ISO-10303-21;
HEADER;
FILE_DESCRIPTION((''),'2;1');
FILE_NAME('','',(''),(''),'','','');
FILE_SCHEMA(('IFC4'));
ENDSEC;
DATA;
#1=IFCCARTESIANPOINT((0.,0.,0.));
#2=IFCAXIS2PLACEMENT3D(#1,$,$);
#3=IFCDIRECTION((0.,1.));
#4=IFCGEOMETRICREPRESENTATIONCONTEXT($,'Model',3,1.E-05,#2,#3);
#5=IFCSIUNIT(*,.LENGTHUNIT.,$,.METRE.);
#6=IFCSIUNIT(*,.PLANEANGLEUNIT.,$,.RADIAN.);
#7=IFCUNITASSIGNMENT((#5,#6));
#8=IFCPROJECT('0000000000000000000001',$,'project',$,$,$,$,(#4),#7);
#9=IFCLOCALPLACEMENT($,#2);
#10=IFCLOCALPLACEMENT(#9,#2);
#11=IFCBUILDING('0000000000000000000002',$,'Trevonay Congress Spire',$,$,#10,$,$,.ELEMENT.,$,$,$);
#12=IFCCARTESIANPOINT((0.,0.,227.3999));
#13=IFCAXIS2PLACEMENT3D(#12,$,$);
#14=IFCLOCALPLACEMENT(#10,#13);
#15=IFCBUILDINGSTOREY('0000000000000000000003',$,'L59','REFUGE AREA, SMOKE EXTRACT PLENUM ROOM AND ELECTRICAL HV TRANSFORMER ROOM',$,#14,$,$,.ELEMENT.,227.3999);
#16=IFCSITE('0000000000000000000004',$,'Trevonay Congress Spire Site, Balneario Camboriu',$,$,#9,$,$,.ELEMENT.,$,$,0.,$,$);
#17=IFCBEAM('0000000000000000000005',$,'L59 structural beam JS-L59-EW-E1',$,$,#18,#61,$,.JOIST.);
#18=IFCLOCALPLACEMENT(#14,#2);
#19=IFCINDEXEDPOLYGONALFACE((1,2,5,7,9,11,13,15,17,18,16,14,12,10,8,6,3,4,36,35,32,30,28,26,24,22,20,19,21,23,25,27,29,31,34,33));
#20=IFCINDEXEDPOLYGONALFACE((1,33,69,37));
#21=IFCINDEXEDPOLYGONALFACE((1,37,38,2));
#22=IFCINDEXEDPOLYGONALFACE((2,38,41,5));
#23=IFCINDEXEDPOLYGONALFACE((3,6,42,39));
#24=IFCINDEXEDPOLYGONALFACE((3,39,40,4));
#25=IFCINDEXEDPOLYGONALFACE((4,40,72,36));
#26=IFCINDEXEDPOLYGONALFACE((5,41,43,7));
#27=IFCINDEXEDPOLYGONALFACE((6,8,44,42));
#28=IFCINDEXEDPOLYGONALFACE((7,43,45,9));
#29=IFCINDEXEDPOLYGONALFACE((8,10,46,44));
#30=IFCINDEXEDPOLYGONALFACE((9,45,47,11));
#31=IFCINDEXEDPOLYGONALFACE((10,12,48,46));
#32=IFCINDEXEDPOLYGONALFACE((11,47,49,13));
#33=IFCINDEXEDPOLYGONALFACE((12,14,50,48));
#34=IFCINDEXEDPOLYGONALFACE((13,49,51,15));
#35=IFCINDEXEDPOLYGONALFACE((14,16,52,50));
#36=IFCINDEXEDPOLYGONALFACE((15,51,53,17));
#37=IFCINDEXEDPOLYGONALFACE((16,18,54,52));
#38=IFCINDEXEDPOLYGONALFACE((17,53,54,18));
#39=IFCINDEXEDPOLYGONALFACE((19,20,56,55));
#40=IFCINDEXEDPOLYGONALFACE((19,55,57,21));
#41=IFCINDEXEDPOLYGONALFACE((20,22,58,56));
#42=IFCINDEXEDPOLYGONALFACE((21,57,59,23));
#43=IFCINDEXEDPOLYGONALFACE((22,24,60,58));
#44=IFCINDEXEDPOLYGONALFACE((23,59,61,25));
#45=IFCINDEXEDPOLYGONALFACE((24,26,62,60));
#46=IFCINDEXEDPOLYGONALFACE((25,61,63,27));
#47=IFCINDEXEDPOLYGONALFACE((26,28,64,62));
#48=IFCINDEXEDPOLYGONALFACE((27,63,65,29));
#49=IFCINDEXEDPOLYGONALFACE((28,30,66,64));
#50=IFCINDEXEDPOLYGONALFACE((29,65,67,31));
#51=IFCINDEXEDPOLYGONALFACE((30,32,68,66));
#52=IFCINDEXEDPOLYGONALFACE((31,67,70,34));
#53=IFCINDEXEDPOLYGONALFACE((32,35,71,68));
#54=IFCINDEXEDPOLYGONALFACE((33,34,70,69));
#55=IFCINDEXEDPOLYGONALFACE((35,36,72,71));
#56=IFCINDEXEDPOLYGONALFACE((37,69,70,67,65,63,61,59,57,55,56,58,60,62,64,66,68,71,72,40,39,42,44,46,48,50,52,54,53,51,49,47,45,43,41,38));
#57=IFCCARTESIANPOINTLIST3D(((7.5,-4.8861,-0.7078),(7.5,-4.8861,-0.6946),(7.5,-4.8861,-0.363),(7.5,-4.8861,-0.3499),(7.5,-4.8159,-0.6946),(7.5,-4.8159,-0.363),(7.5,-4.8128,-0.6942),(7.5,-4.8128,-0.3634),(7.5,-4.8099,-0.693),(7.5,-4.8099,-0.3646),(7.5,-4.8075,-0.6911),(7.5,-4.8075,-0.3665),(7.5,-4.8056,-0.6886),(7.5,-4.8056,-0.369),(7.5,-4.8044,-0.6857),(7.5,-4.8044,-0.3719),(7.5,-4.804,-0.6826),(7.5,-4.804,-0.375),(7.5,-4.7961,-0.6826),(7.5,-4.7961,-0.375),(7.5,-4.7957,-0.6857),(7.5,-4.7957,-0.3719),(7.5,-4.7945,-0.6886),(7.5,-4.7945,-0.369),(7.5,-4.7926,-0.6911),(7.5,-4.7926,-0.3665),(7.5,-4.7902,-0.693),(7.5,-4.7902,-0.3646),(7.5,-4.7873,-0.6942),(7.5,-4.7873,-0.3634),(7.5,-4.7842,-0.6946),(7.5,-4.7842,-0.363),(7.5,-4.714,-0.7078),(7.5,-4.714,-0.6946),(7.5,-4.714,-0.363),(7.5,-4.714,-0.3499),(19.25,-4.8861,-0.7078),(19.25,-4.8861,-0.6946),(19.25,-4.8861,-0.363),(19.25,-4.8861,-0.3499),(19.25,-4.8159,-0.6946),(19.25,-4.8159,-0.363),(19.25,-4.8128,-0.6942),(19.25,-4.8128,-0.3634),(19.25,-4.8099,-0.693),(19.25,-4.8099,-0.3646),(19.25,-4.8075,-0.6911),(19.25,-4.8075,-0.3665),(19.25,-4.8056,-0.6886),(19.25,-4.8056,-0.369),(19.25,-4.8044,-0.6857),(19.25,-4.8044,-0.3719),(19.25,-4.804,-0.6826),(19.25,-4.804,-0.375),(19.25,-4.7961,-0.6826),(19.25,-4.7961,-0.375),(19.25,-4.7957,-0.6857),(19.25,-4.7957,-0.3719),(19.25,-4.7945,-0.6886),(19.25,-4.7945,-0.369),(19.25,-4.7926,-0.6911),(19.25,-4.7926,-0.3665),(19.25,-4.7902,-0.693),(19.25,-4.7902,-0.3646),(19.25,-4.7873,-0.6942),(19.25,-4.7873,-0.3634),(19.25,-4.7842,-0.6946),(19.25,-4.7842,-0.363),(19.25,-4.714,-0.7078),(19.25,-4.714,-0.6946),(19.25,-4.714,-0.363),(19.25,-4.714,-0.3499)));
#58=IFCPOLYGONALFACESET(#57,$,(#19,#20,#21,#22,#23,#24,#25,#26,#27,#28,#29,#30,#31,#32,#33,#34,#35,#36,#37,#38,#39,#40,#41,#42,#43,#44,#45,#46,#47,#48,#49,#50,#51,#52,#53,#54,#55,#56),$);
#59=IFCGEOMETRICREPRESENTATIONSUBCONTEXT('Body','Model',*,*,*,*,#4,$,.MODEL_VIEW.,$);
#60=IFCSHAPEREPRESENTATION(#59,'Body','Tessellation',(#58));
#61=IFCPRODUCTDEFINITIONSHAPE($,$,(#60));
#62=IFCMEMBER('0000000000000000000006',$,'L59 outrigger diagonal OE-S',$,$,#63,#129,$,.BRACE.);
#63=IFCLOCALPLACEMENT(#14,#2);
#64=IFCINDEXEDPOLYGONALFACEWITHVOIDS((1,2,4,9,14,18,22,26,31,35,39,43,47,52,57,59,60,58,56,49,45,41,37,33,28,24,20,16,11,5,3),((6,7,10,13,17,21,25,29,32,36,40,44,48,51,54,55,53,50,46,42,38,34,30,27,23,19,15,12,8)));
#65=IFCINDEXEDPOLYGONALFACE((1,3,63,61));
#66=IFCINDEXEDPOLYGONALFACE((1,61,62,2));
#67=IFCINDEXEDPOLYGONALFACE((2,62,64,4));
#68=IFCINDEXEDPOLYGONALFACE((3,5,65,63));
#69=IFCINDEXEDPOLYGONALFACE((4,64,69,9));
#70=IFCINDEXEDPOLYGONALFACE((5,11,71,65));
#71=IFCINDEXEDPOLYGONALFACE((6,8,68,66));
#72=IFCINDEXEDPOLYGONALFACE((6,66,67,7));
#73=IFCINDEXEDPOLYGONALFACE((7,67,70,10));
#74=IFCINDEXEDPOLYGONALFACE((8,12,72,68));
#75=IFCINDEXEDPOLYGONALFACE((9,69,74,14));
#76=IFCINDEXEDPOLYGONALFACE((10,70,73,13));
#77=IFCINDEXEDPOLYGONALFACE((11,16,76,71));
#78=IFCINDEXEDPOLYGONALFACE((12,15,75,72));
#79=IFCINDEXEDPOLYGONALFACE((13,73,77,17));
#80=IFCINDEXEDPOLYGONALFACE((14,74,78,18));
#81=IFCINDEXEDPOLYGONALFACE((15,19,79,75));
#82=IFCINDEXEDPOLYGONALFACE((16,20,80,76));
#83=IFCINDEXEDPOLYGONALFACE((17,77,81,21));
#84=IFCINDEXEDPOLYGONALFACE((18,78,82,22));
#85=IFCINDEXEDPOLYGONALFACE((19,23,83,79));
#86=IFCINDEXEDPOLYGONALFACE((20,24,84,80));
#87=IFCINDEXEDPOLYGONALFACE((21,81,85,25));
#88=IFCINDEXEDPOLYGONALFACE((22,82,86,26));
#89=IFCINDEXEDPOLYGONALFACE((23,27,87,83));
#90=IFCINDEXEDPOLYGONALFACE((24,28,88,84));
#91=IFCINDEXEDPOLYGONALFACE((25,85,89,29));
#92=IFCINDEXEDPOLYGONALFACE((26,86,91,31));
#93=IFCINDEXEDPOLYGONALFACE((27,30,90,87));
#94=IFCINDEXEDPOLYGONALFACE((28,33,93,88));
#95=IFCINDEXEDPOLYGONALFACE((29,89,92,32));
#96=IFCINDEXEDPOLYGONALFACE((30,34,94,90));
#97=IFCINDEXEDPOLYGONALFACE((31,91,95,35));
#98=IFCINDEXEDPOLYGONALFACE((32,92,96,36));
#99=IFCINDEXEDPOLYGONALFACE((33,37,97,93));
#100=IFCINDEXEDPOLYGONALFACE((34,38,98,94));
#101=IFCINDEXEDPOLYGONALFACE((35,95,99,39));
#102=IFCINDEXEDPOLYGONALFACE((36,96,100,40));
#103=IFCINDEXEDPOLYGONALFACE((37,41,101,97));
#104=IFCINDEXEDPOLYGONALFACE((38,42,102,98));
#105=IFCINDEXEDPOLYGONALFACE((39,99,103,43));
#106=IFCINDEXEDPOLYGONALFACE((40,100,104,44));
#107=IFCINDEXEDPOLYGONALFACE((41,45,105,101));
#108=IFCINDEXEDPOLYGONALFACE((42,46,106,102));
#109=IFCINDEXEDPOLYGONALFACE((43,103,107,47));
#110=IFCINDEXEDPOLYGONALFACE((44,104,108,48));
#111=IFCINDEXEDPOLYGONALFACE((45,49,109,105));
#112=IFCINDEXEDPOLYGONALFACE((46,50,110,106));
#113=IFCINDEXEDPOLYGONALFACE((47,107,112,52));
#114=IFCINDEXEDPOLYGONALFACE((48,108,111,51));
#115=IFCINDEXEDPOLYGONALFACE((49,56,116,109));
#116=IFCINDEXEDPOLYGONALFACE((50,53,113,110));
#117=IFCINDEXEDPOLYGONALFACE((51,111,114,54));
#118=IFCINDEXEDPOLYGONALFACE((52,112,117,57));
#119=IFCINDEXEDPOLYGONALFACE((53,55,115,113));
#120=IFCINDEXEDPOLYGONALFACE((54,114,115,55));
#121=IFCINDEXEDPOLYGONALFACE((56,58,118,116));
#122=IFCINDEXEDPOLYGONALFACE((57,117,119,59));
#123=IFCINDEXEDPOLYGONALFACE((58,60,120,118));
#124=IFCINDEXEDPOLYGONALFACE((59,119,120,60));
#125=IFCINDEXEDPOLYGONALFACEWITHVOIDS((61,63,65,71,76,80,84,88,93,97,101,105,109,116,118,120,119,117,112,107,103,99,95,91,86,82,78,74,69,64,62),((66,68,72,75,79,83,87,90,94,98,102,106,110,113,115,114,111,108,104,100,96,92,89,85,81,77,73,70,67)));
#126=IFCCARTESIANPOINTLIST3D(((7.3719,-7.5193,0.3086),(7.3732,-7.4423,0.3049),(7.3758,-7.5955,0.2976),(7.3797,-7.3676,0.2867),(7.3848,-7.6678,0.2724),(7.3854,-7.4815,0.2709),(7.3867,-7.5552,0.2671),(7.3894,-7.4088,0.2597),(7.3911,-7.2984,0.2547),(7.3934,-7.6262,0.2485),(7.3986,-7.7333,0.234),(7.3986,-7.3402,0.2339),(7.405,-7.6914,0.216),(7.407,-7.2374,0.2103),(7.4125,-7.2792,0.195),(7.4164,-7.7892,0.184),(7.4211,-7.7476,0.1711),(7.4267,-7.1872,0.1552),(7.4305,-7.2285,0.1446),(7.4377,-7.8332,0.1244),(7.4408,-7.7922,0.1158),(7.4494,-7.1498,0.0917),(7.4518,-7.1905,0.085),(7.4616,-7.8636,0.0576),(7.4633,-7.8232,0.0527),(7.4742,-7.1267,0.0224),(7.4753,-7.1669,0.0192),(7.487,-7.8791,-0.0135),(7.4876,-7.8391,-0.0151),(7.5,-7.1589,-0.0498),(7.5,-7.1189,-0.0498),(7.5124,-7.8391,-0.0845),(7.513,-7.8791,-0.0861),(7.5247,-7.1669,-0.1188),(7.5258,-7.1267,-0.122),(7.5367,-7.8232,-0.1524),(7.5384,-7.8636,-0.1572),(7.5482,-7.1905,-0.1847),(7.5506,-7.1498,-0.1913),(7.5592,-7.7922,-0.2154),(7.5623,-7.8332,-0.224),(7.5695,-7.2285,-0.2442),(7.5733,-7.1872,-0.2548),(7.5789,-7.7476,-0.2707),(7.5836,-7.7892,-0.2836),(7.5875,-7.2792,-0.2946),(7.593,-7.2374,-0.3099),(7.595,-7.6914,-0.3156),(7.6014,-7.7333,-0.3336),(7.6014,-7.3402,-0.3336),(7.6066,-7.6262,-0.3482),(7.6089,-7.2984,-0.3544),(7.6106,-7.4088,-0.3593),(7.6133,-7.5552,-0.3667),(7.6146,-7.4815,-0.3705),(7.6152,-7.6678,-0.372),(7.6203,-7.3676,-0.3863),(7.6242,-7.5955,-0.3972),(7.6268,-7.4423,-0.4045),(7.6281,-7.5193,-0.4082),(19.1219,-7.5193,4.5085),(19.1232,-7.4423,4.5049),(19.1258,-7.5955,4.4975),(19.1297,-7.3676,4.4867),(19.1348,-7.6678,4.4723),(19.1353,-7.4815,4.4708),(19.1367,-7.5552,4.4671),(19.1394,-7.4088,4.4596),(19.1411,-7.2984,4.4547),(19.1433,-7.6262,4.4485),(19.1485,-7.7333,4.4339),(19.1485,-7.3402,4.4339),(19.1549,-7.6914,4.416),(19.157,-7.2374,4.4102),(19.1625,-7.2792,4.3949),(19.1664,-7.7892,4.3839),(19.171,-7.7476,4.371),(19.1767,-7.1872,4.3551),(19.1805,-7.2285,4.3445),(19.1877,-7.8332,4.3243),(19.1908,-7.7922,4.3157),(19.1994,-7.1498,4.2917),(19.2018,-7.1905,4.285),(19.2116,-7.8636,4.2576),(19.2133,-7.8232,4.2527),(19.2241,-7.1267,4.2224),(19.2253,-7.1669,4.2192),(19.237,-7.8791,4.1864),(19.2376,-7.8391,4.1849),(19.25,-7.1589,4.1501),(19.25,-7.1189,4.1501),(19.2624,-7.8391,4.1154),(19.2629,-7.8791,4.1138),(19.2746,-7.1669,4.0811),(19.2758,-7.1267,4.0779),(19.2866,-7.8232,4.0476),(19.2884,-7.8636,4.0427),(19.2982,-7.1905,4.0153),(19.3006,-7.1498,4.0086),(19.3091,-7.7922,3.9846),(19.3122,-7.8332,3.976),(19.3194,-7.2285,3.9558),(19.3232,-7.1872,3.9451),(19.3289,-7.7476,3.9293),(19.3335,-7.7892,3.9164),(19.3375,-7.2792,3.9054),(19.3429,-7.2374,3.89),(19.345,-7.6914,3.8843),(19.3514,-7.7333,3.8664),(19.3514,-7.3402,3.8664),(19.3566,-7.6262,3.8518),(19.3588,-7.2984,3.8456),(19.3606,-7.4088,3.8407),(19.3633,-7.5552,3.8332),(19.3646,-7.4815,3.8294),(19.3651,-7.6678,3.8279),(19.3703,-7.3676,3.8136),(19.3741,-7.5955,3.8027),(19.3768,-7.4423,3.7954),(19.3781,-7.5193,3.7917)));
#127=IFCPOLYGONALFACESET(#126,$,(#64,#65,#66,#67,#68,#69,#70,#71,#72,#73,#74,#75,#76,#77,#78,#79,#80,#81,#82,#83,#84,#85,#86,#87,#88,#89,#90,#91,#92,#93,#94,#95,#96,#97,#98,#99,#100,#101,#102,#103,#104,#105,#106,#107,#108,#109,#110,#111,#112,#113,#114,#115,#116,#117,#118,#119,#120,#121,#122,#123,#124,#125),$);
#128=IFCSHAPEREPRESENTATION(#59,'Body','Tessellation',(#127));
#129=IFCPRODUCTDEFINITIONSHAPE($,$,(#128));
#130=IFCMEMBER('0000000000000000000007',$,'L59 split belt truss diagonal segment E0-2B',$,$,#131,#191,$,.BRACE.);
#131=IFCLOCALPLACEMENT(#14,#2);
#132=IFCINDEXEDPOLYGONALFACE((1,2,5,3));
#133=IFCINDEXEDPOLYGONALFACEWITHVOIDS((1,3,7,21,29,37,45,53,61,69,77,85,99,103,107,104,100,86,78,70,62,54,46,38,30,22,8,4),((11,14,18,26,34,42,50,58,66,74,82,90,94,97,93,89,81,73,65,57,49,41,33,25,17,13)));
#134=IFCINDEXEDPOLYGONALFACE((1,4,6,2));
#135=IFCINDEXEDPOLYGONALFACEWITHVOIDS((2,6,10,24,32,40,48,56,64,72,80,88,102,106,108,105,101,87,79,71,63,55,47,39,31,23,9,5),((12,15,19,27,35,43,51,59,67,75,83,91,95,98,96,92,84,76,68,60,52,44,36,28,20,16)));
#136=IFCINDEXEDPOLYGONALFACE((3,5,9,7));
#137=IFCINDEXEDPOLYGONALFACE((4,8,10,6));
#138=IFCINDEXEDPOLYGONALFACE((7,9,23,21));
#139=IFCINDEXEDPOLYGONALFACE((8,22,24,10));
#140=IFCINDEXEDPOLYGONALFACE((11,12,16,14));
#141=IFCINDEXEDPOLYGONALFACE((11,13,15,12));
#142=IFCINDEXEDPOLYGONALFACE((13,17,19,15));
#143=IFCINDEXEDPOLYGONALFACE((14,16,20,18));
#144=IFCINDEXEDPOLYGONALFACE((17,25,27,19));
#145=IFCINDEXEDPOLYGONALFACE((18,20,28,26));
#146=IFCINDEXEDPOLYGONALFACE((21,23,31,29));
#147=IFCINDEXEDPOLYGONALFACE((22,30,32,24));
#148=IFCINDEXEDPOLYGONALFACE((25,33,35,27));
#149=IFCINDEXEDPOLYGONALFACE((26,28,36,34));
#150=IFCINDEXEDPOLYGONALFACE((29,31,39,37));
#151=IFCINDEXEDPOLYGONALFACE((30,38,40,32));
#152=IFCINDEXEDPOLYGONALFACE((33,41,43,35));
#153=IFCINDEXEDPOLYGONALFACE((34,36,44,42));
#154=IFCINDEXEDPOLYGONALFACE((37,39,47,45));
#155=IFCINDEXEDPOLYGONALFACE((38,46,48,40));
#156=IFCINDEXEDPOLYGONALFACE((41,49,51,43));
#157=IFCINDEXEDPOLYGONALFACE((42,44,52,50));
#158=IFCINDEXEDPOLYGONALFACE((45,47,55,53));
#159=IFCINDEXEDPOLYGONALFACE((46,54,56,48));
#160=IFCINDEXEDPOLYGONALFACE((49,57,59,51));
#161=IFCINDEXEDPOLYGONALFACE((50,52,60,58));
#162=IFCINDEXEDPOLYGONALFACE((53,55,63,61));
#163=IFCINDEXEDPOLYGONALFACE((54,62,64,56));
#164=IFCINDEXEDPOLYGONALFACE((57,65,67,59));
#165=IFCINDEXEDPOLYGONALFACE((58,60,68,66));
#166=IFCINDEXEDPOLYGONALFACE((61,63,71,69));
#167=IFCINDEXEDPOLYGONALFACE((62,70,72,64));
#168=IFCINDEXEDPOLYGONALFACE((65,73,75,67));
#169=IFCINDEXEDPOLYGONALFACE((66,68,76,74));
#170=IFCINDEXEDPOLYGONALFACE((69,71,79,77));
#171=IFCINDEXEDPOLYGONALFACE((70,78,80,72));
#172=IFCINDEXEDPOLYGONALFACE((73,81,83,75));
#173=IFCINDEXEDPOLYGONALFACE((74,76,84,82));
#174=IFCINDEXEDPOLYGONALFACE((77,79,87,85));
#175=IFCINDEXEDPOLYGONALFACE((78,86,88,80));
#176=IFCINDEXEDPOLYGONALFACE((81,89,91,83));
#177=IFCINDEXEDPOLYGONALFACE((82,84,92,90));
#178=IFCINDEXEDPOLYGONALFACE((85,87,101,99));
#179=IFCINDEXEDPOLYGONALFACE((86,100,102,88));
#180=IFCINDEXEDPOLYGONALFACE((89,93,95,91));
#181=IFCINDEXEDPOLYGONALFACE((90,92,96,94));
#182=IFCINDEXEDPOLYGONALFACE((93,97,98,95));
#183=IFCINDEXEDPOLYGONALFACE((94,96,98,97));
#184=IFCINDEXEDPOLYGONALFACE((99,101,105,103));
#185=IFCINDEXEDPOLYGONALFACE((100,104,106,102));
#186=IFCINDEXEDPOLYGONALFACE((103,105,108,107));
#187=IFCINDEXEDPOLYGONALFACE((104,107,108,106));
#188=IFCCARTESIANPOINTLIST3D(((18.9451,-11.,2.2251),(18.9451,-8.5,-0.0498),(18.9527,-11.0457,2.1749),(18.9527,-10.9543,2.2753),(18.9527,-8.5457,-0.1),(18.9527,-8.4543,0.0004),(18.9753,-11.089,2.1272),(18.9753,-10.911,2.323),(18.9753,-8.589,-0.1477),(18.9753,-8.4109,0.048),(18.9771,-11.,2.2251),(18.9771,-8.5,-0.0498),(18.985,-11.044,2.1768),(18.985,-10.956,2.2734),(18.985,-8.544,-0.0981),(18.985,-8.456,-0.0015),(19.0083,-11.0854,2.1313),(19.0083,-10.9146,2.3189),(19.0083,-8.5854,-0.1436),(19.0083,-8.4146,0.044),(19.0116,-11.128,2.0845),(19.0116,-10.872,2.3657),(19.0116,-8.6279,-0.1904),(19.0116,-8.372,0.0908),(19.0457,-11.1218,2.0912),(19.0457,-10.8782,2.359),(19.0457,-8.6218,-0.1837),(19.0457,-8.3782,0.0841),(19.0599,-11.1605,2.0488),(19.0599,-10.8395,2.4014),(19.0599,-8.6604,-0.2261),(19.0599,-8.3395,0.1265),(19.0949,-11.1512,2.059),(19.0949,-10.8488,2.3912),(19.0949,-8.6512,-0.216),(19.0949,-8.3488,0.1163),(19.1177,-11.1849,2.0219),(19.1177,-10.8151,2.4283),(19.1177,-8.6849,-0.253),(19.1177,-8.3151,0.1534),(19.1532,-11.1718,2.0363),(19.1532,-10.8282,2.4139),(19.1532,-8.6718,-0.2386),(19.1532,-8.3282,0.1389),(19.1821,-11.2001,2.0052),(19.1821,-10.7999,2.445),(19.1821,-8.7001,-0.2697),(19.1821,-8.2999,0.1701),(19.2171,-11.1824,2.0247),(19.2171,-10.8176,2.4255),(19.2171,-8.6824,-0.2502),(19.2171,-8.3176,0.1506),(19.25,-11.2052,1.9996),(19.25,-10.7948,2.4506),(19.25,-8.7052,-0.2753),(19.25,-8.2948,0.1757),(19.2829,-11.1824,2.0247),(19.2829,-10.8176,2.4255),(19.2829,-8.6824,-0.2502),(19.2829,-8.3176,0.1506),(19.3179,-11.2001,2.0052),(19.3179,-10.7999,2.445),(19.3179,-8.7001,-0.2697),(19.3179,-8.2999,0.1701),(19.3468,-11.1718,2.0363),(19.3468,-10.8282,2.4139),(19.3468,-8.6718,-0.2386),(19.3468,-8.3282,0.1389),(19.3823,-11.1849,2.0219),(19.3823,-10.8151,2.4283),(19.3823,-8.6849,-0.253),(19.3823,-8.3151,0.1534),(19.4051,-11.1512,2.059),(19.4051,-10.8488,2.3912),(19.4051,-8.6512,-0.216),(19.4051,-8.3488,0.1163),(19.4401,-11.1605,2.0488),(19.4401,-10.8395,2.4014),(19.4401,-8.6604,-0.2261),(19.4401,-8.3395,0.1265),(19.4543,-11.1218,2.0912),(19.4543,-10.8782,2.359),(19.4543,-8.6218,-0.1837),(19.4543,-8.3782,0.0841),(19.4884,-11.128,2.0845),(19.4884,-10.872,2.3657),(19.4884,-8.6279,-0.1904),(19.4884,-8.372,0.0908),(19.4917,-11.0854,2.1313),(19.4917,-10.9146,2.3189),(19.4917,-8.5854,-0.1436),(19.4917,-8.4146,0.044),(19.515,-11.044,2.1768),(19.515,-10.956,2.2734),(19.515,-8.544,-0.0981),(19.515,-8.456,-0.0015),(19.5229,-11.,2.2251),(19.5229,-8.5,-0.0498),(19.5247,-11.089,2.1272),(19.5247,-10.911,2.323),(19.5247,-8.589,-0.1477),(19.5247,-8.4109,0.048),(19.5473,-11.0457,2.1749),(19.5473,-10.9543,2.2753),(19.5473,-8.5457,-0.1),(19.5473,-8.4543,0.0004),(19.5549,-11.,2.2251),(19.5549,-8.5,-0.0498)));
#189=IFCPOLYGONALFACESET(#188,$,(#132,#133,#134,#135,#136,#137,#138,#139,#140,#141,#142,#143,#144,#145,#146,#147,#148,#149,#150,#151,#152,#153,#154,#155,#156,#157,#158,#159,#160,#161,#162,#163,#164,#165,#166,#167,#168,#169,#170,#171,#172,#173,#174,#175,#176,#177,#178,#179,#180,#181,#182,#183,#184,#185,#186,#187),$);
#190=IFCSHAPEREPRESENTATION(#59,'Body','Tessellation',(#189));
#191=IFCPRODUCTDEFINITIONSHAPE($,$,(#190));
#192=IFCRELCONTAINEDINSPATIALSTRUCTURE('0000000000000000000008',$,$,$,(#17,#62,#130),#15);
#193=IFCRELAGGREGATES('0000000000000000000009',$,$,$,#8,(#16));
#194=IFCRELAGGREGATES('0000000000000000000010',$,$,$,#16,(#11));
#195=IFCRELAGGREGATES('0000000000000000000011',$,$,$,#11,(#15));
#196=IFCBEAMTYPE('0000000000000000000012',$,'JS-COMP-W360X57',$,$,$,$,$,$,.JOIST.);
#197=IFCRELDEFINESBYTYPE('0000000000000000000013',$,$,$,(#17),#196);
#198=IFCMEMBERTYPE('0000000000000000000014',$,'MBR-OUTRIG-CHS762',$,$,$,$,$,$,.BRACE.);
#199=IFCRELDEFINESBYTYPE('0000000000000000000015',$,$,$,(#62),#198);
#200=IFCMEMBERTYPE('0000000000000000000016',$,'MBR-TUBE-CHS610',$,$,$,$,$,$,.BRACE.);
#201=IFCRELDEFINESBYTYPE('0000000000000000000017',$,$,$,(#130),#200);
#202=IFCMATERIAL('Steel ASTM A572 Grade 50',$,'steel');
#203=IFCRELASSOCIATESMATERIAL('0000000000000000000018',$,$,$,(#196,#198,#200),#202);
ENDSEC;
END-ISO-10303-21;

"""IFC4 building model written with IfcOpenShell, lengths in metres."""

from ifc_helpers import new_model, si_unit, direction, frame, origin, origin_2d, place, context, subcontext, project, spatial, hollow_circle, i_section, extrude, material, material_profile, profile_set, type_object, element, save


model = new_model("IFC4")

# Units and contexts
model_context = context("Model", 3, precision=1e-05, world=origin(), true_north=direction((0.0, 1.0)))
body_context = subcontext(model_context, "Body", "Model", "MODEL_VIEW")
ifc_project = project(units=[si_unit("LENGTHUNIT", "METRE"), si_unit("PLANEANGLEUNIT", "RADIAN")], contexts=[model_context])

# Site, building, storey
site_placement = place(None, origin())
site = spatial("IfcSite", under=ifc_project, at=site_placement, Name="Trevonay Congress Spire Site, Balneario Camboriu", CompositionType="ELEMENT", RefElevation=0.0)
building_placement = place(site_placement, origin())
building = spatial("IfcBuilding", under=site, at=building_placement, Name="Trevonay Congress Spire", CompositionType="ELEMENT")
storey_placement = place(building_placement, frame((0.0, 0.0, 227.3999)))
storey = spatial("IfcBuildingStorey", under=building, at=storey_placement, Name="L59", Description="REFUGE AREA, SMOKE EXTRACT PLENUM ROOM AND ELECTRICAL HV TRANSFORMER ROOM", CompositionType="ELEMENT", Elevation=227.3999)

# Shared definitions
ifc_material_1 = material(Name="Steel ASTM A572 Grade 50", Category="steel")

# Beam
ifc_material_profile_1 = material_profile(ifc_material_1, i_section(OverallWidth=0.1721, OverallDepth=0.3579, WebThickness=0.0078, FlangeThickness=0.0132, FilletRadius=0.012, at=origin_2d()), Name="W360x57.8")
ifc_profile_set_1 = profile_set([ifc_material_profile_1], Name="Steel ASTM A572 Grade 50")
beam_type_1 = type_object("IfcBeamType", Name="JS-COMP-W360X57", PredefinedType="JOIST", material=ifc_profile_set_1)
beam_1_placement = place(storey_placement, frame((7.5, -4.8, -0.5288), z_axis=(1.0, 0.0, 0.0), x_axis=(0.0, 1.0, 0.0)))
element("IfcBeam", 1, at=beam_1_placement, inside=storey, type_object=beam_type_1, Name="L59 structural beam JS-L59-EW-E1", PredefinedType="JOIST", context=body_context, shape_type="SweptSolid", body=[
    extrude(i_section(OverallWidth=0.1721, OverallDepth=0.3579, WebThickness=0.0078, FlangeThickness=0.0132, FilletRadius=0.012, at=origin_2d()), origin(), (0.0, 0.0, 1.0), 11.75),
])

# Members
ifc_material_profile_2 = material_profile(ifc_material_1, hollow_circle(Radius=0.3811, WallThickness=0.04, at=origin_2d()), Name="CHS 762x40")
ifc_profile_set_2 = profile_set([ifc_material_profile_2], Name="Steel ASTM A572 Grade 50")
member_type_1 = type_object("IfcMemberType", Name="MBR-OUTRIG-CHS762", PredefinedType="BRACE", material=ifc_profile_set_2)
member_1_placement = place(storey_placement, frame((7.5, -7.5, -0.0498), z_axis=(0.941652, 0.0, 0.336587), x_axis=(0.0, 1.0, 0.0)))
element("IfcMember", 2, at=member_1_placement, inside=storey, type_object=member_type_1, Name="L59 outrigger diagonal OE-S", PredefinedType="BRACE", context=body_context, shape_type="SweptSolid", body=[
    extrude(hollow_circle(Radius=0.3811, WallThickness=0.04, at=origin_2d()), origin(), (0.0, 0.0, 1.0), 12.478),
])
ifc_material_profile_3 = material_profile(ifc_material_1, hollow_circle(Radius=0.3049, WallThickness=0.032, at=origin_2d()), Name="CHS 610x32")
ifc_profile_set_3 = profile_set([ifc_material_profile_3], Name="Steel ASTM A572 Grade 50")
member_type_2 = type_object("IfcMemberType", Name="MBR-TUBE-CHS610", PredefinedType="BRACE", material=ifc_profile_set_3)
member_2_placement = place(storey_placement, frame((19.25, -11.0, 2.2251), z_axis=(0.0, 0.73962, -0.673025), x_axis=(-1.0, 0.0, 0.0)))
element("IfcMember", 3, at=member_2_placement, inside=storey, type_object=member_type_2, Name="L59 split belt truss diagonal segment E0-2B", PredefinedType="BRACE", context=body_context, shape_type="SweptSolid", body=[
    extrude(hollow_circle(Radius=0.3049, WallThickness=0.032, at=origin_2d()), origin(), (0.0, 0.0, 1.0), 3.3801),
])

save(model, "model.ifc")
